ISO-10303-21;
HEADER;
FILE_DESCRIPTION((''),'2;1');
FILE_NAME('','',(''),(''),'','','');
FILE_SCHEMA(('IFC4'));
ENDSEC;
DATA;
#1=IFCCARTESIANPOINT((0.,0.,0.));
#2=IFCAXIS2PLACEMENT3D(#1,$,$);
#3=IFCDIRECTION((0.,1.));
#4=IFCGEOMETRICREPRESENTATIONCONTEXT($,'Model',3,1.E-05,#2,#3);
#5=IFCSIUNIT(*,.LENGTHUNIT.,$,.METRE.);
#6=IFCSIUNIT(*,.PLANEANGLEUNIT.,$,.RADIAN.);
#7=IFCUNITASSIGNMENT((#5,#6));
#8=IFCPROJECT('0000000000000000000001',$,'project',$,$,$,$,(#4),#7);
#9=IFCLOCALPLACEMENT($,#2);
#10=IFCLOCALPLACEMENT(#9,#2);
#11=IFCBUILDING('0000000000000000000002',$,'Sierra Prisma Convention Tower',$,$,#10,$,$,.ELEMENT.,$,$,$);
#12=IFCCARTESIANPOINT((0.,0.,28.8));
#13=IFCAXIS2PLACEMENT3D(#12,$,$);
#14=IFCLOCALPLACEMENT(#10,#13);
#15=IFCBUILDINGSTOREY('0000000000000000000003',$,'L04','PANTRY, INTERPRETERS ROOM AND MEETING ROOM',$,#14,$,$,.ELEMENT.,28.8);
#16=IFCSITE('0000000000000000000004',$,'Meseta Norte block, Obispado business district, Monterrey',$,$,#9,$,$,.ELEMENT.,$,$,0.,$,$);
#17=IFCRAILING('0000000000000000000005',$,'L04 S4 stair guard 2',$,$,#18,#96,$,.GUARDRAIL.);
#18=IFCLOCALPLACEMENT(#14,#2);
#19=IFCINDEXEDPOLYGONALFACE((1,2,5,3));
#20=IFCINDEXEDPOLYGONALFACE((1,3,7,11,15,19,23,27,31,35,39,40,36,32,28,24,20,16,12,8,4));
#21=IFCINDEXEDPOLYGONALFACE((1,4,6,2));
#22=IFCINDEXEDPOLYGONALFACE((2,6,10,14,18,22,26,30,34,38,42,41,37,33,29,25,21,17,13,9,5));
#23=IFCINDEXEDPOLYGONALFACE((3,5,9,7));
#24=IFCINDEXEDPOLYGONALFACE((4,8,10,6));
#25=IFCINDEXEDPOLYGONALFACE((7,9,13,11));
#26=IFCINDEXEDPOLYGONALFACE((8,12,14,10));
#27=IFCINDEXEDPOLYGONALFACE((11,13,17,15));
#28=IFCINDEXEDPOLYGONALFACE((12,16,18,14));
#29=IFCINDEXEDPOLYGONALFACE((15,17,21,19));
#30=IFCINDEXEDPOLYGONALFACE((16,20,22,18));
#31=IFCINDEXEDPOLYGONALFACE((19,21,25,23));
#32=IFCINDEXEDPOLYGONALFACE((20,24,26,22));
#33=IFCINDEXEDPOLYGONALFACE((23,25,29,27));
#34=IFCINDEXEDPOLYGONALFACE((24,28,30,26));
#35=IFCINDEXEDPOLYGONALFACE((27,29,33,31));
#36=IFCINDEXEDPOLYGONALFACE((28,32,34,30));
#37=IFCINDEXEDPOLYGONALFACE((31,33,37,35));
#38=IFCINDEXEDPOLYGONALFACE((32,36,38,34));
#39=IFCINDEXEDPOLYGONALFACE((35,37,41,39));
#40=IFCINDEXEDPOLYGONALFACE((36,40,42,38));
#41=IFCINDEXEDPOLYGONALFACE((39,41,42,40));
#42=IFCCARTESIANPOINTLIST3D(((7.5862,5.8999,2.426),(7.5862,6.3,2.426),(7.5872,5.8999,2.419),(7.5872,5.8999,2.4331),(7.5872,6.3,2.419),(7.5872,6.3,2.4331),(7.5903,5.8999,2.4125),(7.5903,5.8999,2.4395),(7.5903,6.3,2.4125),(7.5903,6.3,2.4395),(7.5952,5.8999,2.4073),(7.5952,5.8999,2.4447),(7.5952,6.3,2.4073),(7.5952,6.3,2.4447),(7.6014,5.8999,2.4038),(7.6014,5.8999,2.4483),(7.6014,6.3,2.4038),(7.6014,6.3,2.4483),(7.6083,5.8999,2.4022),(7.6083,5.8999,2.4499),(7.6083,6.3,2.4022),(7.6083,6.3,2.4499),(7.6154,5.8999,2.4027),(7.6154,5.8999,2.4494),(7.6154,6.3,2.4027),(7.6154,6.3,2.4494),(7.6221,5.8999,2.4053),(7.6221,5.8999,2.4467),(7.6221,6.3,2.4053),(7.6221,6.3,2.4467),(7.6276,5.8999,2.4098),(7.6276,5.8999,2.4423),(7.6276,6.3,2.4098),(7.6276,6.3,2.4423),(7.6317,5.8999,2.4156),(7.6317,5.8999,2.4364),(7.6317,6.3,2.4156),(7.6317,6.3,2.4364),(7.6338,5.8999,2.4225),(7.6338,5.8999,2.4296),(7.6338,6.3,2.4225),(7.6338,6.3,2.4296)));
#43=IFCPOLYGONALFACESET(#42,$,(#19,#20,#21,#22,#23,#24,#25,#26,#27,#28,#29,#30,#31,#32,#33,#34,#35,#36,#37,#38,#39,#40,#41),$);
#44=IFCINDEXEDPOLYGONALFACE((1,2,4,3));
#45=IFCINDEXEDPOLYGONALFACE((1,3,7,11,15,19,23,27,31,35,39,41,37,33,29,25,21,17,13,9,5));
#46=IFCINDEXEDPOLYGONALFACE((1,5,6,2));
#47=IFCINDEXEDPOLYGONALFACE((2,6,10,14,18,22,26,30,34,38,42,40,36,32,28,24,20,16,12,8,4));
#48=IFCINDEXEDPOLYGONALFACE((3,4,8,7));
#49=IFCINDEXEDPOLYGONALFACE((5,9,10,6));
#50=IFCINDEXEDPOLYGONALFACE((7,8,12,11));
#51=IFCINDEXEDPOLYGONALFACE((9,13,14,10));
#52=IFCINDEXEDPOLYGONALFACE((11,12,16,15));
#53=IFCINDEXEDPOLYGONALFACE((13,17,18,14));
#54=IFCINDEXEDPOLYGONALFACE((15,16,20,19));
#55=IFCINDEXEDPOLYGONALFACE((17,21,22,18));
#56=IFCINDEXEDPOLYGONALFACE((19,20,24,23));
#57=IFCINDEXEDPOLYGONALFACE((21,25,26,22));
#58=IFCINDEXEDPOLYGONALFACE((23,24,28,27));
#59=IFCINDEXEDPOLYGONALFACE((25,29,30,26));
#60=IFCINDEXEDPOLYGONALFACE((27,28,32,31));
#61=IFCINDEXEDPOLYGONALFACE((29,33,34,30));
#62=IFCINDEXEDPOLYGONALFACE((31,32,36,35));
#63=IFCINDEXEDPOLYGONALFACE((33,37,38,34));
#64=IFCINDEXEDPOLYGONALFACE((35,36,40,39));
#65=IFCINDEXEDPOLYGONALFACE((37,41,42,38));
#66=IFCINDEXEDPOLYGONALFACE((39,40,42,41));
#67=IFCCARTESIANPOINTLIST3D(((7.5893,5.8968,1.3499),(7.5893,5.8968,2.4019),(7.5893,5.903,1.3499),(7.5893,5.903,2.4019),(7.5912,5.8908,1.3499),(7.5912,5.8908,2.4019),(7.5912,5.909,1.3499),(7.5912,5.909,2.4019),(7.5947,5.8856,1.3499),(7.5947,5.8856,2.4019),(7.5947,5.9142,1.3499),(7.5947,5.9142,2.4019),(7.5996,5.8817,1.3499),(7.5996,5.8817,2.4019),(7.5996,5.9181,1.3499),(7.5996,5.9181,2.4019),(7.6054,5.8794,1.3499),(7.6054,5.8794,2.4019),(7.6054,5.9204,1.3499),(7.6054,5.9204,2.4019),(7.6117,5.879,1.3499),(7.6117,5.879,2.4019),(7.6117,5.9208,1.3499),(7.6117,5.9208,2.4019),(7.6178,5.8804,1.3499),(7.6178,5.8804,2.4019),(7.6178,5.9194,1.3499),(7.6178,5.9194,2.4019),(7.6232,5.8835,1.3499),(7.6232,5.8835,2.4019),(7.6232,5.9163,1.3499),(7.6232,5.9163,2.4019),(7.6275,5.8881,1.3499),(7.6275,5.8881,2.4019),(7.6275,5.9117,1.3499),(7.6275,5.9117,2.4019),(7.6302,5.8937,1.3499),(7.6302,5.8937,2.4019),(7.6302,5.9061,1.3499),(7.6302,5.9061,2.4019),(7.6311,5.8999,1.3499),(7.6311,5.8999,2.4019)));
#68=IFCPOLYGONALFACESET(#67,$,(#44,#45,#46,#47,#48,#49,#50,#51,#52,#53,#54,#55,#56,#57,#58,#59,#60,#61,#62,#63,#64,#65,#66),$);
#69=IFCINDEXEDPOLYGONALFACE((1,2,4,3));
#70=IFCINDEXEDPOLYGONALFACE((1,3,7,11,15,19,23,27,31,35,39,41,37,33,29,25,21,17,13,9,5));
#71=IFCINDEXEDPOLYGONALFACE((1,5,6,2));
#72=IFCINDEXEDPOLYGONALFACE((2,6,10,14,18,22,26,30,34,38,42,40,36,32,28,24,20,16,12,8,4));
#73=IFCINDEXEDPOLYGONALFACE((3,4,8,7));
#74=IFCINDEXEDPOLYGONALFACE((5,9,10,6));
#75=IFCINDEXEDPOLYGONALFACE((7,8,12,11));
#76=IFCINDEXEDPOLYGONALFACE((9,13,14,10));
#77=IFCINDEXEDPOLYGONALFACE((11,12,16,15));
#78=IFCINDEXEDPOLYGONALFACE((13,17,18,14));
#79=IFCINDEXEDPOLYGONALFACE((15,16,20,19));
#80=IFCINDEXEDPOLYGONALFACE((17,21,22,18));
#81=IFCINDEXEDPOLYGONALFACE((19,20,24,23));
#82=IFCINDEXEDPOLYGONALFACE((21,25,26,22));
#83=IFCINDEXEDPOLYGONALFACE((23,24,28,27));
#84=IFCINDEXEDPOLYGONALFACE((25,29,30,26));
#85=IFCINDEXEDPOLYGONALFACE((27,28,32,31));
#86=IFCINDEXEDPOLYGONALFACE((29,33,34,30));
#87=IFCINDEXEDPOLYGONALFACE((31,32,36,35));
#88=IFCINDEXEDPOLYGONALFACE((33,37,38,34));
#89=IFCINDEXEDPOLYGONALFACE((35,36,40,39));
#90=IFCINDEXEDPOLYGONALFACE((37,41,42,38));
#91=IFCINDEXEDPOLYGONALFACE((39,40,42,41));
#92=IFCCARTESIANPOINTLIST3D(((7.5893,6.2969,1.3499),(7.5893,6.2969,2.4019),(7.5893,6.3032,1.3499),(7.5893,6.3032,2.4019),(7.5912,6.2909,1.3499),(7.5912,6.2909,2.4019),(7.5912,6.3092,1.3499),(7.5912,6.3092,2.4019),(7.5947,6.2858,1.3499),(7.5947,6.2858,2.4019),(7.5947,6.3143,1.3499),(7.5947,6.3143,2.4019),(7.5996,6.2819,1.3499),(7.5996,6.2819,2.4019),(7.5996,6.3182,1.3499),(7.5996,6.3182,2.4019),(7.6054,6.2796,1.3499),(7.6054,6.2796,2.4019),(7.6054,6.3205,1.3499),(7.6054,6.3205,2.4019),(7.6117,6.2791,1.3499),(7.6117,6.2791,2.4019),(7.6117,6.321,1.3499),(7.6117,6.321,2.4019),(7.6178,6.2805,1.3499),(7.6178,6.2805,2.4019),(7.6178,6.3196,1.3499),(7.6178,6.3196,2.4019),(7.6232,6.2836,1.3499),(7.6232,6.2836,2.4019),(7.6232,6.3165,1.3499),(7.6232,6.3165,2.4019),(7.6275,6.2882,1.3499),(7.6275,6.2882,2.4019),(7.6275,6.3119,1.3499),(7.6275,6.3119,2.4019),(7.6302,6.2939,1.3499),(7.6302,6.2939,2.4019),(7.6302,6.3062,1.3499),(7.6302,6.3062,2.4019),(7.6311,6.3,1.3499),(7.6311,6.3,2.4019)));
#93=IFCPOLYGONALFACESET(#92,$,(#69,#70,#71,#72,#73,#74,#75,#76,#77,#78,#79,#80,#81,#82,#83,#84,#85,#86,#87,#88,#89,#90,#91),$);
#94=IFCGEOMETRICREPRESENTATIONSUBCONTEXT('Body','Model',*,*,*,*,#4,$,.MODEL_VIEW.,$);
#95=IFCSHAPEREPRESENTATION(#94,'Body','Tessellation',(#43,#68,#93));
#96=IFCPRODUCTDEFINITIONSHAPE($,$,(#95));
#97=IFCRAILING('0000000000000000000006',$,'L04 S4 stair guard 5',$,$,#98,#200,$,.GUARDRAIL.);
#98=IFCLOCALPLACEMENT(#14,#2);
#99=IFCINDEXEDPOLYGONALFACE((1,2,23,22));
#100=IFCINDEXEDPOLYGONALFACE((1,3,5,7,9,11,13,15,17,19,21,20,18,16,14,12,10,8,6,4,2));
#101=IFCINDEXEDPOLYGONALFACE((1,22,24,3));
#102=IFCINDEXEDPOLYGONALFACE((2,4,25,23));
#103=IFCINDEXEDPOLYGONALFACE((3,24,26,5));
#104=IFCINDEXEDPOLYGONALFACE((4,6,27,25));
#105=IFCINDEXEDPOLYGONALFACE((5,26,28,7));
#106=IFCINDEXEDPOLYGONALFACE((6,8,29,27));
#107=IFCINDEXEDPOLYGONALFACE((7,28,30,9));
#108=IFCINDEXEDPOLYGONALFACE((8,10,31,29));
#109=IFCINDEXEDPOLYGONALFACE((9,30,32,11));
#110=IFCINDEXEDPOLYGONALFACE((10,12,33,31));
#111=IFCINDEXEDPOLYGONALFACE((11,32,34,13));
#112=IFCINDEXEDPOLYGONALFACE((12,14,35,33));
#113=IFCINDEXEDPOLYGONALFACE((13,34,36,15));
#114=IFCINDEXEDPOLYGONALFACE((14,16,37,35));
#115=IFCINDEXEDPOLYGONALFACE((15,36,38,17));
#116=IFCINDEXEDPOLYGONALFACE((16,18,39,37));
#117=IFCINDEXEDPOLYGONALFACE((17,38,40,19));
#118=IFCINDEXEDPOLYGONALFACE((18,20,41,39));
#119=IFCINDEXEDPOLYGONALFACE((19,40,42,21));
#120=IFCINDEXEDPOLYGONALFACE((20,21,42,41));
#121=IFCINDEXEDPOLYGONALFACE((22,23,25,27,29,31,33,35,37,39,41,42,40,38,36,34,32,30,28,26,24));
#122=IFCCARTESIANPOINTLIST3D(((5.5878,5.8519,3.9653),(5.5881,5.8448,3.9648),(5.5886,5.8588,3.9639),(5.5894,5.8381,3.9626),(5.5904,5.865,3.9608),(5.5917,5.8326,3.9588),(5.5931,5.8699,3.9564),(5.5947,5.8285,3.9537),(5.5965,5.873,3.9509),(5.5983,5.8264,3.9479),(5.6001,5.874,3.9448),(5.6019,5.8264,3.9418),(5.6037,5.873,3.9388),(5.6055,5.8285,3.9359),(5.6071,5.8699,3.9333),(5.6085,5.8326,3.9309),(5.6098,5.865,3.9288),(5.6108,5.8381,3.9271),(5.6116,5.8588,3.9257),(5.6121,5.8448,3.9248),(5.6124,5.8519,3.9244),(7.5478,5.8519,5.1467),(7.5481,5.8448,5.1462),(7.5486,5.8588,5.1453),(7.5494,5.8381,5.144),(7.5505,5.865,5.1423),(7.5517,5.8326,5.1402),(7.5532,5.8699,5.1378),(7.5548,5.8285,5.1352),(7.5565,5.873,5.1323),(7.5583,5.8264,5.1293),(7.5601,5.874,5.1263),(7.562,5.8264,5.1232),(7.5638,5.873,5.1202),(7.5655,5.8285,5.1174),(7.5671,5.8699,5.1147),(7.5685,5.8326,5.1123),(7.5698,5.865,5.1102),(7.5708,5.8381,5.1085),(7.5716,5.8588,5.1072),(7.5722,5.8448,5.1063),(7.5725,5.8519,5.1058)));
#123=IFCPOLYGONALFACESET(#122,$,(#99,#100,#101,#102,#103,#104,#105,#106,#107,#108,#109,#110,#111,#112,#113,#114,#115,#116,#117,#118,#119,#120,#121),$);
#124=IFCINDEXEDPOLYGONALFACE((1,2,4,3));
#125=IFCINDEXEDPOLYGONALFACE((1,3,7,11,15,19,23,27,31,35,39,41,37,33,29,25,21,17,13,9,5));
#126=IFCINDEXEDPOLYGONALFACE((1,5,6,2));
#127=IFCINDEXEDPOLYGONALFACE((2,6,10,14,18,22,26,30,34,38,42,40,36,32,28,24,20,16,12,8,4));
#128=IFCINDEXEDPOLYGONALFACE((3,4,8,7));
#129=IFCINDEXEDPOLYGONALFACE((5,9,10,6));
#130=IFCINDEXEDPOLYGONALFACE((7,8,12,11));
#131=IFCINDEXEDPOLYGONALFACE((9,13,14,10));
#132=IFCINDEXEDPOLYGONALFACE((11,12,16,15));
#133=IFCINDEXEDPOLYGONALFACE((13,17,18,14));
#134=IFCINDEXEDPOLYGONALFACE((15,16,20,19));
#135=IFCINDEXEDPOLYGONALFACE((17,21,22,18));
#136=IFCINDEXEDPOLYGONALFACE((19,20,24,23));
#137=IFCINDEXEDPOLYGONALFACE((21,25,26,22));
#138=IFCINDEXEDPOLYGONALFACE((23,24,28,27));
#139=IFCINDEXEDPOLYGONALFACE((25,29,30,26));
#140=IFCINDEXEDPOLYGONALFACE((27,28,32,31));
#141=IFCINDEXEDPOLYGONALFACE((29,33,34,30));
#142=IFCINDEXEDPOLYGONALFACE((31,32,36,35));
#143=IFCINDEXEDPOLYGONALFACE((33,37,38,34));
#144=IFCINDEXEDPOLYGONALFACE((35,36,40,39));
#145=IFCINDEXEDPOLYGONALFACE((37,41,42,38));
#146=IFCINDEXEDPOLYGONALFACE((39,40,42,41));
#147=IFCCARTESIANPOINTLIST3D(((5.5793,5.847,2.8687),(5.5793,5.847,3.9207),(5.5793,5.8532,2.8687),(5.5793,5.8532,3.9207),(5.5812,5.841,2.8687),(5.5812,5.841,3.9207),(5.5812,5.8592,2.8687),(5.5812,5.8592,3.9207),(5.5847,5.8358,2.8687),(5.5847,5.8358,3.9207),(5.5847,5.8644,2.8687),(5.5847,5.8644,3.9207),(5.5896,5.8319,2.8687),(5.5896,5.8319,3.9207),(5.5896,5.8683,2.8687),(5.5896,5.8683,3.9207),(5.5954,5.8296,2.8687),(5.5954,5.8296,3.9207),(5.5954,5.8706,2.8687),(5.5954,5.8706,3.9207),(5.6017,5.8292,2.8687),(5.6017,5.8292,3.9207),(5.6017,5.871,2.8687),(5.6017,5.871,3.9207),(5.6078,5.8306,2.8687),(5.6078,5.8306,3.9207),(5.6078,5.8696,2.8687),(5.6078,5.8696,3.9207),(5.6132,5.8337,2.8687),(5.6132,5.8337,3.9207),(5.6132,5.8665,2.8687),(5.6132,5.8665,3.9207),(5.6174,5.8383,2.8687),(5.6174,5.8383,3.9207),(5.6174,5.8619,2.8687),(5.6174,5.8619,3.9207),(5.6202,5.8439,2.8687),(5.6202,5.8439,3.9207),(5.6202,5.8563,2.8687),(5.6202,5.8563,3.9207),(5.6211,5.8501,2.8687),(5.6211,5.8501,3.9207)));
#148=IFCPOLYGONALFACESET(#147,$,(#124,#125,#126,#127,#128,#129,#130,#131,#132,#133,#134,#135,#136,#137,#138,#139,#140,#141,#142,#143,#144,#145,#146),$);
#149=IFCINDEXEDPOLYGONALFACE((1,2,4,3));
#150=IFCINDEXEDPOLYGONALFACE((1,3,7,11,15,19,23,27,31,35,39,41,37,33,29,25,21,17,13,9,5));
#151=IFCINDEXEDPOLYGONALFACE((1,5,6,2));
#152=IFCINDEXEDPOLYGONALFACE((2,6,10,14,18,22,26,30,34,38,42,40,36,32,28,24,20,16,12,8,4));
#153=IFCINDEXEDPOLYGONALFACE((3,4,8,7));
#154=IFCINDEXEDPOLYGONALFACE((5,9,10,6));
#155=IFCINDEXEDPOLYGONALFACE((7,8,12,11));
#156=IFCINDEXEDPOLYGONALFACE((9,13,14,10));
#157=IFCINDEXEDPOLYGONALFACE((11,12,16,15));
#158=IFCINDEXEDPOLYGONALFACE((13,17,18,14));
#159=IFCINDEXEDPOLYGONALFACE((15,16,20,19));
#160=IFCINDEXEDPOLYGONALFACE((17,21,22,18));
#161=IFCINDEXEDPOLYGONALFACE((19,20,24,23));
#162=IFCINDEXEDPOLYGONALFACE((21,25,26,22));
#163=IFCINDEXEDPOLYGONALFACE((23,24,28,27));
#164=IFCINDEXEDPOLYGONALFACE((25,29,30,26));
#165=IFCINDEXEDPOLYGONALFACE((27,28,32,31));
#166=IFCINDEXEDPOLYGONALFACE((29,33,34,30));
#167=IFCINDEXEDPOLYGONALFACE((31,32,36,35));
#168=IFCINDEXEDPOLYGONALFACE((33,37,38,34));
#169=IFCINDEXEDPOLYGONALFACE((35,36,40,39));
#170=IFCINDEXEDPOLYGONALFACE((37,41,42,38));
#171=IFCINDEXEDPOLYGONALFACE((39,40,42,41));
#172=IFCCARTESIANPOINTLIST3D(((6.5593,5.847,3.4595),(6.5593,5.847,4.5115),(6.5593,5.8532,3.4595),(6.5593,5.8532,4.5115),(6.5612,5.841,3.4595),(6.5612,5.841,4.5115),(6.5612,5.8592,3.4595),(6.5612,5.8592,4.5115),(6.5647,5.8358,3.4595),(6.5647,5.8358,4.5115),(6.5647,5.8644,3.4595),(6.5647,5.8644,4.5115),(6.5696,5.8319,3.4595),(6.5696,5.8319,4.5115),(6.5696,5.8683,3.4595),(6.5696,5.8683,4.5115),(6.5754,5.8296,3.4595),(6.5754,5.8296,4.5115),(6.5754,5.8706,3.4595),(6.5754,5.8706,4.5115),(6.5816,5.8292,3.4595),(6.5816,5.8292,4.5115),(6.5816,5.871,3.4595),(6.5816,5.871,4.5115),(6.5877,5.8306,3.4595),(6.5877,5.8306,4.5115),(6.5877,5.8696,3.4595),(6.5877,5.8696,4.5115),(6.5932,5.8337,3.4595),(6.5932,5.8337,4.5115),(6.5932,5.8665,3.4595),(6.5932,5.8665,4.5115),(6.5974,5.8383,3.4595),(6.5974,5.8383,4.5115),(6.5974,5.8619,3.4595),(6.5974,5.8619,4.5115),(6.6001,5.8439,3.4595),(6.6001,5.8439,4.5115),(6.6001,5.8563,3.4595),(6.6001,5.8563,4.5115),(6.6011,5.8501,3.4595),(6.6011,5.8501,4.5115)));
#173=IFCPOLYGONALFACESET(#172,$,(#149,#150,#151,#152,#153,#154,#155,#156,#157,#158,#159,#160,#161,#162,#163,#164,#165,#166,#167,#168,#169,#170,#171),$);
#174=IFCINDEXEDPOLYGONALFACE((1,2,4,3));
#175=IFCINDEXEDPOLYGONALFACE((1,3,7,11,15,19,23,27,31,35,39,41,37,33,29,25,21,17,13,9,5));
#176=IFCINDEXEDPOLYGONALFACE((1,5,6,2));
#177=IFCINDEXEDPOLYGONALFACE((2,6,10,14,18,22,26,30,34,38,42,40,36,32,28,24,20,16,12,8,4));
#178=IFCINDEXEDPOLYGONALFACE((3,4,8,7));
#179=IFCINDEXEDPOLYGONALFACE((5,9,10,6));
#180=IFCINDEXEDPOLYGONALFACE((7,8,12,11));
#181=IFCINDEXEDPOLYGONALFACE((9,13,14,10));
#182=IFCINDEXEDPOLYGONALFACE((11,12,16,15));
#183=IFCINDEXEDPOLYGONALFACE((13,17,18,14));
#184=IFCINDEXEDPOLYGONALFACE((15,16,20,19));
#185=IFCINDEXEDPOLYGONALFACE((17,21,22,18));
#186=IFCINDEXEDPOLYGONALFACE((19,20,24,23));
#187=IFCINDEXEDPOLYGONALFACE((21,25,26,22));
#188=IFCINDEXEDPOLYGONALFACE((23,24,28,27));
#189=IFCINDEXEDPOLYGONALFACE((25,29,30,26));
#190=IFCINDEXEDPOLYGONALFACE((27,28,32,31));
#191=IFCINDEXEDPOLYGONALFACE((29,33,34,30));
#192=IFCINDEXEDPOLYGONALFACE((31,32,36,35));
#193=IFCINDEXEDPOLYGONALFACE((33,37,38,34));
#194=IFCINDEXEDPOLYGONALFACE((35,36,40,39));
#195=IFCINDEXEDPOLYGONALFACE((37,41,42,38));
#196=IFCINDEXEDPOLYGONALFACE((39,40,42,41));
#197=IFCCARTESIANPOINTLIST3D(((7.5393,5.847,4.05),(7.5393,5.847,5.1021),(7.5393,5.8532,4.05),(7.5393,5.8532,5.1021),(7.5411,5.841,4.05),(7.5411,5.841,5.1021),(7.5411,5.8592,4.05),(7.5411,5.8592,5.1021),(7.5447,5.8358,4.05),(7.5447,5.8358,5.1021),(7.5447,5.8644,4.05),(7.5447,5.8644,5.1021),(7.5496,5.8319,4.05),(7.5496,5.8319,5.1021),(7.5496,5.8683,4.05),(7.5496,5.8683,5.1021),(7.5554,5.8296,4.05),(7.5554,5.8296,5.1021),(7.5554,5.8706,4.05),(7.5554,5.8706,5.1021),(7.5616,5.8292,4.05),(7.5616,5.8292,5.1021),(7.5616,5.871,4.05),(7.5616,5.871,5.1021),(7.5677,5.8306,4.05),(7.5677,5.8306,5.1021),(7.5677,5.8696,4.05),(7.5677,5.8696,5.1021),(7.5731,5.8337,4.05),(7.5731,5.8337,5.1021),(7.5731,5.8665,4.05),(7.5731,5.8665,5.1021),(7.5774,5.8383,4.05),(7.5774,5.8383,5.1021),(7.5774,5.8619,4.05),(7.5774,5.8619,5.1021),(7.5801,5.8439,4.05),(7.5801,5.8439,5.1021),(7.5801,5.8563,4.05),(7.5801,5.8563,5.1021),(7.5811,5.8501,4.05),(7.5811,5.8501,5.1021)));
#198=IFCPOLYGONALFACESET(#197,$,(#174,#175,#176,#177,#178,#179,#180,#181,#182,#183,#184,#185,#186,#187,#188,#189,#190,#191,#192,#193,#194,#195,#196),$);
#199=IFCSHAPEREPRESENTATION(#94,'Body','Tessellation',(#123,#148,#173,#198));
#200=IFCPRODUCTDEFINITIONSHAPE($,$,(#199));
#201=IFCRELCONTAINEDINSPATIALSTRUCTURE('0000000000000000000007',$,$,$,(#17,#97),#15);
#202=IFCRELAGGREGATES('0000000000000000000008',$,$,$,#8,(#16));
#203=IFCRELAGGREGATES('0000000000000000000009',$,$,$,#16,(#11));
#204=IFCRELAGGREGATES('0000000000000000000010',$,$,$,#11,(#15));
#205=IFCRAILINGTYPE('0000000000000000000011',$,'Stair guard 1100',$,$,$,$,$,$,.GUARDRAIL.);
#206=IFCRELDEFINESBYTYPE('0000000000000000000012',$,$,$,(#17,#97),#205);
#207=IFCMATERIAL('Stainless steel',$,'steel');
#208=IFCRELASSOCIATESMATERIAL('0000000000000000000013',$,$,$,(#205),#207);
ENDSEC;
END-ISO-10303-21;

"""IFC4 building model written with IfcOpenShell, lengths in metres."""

from ifc_helpers import new_model, si_unit, direction, frame, origin, origin_2d, place, context, subcontext, project, spatial, circle, extrude, material, type_object, element, save


model = new_model("IFC4")

# Units and contexts
model_context = context("Model", 3, precision=1e-05, world=origin(), true_north=direction((0.0, 1.0)))
body_context = subcontext(model_context, "Body", "Model", "MODEL_VIEW")
ifc_project = project(units=[si_unit("LENGTHUNIT", "METRE"), si_unit("PLANEANGLEUNIT", "RADIAN")], contexts=[model_context])

# Site, building, storey
site_placement = place(None, origin())
site = spatial("IfcSite", under=ifc_project, at=site_placement, Name="Meseta Norte block, Obispado business district, Monterrey", CompositionType="ELEMENT", RefElevation=0.0)
building_placement = place(site_placement, origin())
building = spatial("IfcBuilding", under=site, at=building_placement, Name="Sierra Prisma Convention Tower", CompositionType="ELEMENT")
storey_placement = place(building_placement, frame((0.0, 0.0, 28.8)))
storey = spatial("IfcBuildingStorey", under=building, at=storey_placement, Name="L04", Description="PANTRY, INTERPRETERS ROOM AND MEETING ROOM", CompositionType="ELEMENT", Elevation=28.8)

# Railings
ifc_material_1 = material(Name="Stainless steel", Category="steel")
railing_type = type_object("IfcRailingType", Name="Stair guard 1100", PredefinedType="GUARDRAIL", material=ifc_material_1)
railing_1_placement = place(storey_placement, frame((7.6101, 5.8999, 1.3499)))
element("IfcRailing", 1, at=railing_1_placement, inside=storey, type_object=railing_type, Name="L04 S4 stair guard 2", PredefinedType="GUARDRAIL", context=body_context, shape_type="SweptSolid", body=[
    extrude(circle(Radius=0.0239, at=origin_2d()), frame((0.0, 0.0, 1.0762), z_axis=(0.0, 1.0, 0.0), x_axis=(-1.0, 0.0, 0.0)), (0.0, 0.0, 1.0), 0.4001),
    extrude(circle(Radius=0.021, at=origin_2d()), origin(), (0.0, 0.0, 1.0), 1.052),
    extrude(circle(Radius=0.021, at=origin_2d()), frame((0.0, 0.4001, 0.0)), (0.0, 0.0, 1.0), 1.052),
])
railing_2_placement = place(storey_placement, frame((5.6001, 5.8501, 2.8687)))
element("IfcRailing", 2, at=railing_2_placement, inside=storey, type_object=railing_type, Name="L04 S4 stair guard 5", PredefinedType="GUARDRAIL", context=body_context, shape_type="SweptSolid", body=[
    extrude(circle(Radius=0.0239, at=origin_2d()), frame((0.0, 0.0, 1.0762), z_axis=(0.856446, 0.0, 0.516236), x_axis=(0.0, 1.0, 0.0)), (0.0, 0.0, 1.0), 2.2886),
    extrude(circle(Radius=0.021, at=origin_2d()), origin(), (0.0, 0.0, 1.0), 1.052),
    extrude(circle(Radius=0.021, at=origin_2d()), frame((0.98, 0.0, 0.5908)), (0.0, 0.0, 1.0), 1.052),
    extrude(circle(Radius=0.021, at=origin_2d()), frame((1.96, 0.0, 1.1814)), (0.0, 0.0, 1.0), 1.052),
])

save(model, "model.ifc")
